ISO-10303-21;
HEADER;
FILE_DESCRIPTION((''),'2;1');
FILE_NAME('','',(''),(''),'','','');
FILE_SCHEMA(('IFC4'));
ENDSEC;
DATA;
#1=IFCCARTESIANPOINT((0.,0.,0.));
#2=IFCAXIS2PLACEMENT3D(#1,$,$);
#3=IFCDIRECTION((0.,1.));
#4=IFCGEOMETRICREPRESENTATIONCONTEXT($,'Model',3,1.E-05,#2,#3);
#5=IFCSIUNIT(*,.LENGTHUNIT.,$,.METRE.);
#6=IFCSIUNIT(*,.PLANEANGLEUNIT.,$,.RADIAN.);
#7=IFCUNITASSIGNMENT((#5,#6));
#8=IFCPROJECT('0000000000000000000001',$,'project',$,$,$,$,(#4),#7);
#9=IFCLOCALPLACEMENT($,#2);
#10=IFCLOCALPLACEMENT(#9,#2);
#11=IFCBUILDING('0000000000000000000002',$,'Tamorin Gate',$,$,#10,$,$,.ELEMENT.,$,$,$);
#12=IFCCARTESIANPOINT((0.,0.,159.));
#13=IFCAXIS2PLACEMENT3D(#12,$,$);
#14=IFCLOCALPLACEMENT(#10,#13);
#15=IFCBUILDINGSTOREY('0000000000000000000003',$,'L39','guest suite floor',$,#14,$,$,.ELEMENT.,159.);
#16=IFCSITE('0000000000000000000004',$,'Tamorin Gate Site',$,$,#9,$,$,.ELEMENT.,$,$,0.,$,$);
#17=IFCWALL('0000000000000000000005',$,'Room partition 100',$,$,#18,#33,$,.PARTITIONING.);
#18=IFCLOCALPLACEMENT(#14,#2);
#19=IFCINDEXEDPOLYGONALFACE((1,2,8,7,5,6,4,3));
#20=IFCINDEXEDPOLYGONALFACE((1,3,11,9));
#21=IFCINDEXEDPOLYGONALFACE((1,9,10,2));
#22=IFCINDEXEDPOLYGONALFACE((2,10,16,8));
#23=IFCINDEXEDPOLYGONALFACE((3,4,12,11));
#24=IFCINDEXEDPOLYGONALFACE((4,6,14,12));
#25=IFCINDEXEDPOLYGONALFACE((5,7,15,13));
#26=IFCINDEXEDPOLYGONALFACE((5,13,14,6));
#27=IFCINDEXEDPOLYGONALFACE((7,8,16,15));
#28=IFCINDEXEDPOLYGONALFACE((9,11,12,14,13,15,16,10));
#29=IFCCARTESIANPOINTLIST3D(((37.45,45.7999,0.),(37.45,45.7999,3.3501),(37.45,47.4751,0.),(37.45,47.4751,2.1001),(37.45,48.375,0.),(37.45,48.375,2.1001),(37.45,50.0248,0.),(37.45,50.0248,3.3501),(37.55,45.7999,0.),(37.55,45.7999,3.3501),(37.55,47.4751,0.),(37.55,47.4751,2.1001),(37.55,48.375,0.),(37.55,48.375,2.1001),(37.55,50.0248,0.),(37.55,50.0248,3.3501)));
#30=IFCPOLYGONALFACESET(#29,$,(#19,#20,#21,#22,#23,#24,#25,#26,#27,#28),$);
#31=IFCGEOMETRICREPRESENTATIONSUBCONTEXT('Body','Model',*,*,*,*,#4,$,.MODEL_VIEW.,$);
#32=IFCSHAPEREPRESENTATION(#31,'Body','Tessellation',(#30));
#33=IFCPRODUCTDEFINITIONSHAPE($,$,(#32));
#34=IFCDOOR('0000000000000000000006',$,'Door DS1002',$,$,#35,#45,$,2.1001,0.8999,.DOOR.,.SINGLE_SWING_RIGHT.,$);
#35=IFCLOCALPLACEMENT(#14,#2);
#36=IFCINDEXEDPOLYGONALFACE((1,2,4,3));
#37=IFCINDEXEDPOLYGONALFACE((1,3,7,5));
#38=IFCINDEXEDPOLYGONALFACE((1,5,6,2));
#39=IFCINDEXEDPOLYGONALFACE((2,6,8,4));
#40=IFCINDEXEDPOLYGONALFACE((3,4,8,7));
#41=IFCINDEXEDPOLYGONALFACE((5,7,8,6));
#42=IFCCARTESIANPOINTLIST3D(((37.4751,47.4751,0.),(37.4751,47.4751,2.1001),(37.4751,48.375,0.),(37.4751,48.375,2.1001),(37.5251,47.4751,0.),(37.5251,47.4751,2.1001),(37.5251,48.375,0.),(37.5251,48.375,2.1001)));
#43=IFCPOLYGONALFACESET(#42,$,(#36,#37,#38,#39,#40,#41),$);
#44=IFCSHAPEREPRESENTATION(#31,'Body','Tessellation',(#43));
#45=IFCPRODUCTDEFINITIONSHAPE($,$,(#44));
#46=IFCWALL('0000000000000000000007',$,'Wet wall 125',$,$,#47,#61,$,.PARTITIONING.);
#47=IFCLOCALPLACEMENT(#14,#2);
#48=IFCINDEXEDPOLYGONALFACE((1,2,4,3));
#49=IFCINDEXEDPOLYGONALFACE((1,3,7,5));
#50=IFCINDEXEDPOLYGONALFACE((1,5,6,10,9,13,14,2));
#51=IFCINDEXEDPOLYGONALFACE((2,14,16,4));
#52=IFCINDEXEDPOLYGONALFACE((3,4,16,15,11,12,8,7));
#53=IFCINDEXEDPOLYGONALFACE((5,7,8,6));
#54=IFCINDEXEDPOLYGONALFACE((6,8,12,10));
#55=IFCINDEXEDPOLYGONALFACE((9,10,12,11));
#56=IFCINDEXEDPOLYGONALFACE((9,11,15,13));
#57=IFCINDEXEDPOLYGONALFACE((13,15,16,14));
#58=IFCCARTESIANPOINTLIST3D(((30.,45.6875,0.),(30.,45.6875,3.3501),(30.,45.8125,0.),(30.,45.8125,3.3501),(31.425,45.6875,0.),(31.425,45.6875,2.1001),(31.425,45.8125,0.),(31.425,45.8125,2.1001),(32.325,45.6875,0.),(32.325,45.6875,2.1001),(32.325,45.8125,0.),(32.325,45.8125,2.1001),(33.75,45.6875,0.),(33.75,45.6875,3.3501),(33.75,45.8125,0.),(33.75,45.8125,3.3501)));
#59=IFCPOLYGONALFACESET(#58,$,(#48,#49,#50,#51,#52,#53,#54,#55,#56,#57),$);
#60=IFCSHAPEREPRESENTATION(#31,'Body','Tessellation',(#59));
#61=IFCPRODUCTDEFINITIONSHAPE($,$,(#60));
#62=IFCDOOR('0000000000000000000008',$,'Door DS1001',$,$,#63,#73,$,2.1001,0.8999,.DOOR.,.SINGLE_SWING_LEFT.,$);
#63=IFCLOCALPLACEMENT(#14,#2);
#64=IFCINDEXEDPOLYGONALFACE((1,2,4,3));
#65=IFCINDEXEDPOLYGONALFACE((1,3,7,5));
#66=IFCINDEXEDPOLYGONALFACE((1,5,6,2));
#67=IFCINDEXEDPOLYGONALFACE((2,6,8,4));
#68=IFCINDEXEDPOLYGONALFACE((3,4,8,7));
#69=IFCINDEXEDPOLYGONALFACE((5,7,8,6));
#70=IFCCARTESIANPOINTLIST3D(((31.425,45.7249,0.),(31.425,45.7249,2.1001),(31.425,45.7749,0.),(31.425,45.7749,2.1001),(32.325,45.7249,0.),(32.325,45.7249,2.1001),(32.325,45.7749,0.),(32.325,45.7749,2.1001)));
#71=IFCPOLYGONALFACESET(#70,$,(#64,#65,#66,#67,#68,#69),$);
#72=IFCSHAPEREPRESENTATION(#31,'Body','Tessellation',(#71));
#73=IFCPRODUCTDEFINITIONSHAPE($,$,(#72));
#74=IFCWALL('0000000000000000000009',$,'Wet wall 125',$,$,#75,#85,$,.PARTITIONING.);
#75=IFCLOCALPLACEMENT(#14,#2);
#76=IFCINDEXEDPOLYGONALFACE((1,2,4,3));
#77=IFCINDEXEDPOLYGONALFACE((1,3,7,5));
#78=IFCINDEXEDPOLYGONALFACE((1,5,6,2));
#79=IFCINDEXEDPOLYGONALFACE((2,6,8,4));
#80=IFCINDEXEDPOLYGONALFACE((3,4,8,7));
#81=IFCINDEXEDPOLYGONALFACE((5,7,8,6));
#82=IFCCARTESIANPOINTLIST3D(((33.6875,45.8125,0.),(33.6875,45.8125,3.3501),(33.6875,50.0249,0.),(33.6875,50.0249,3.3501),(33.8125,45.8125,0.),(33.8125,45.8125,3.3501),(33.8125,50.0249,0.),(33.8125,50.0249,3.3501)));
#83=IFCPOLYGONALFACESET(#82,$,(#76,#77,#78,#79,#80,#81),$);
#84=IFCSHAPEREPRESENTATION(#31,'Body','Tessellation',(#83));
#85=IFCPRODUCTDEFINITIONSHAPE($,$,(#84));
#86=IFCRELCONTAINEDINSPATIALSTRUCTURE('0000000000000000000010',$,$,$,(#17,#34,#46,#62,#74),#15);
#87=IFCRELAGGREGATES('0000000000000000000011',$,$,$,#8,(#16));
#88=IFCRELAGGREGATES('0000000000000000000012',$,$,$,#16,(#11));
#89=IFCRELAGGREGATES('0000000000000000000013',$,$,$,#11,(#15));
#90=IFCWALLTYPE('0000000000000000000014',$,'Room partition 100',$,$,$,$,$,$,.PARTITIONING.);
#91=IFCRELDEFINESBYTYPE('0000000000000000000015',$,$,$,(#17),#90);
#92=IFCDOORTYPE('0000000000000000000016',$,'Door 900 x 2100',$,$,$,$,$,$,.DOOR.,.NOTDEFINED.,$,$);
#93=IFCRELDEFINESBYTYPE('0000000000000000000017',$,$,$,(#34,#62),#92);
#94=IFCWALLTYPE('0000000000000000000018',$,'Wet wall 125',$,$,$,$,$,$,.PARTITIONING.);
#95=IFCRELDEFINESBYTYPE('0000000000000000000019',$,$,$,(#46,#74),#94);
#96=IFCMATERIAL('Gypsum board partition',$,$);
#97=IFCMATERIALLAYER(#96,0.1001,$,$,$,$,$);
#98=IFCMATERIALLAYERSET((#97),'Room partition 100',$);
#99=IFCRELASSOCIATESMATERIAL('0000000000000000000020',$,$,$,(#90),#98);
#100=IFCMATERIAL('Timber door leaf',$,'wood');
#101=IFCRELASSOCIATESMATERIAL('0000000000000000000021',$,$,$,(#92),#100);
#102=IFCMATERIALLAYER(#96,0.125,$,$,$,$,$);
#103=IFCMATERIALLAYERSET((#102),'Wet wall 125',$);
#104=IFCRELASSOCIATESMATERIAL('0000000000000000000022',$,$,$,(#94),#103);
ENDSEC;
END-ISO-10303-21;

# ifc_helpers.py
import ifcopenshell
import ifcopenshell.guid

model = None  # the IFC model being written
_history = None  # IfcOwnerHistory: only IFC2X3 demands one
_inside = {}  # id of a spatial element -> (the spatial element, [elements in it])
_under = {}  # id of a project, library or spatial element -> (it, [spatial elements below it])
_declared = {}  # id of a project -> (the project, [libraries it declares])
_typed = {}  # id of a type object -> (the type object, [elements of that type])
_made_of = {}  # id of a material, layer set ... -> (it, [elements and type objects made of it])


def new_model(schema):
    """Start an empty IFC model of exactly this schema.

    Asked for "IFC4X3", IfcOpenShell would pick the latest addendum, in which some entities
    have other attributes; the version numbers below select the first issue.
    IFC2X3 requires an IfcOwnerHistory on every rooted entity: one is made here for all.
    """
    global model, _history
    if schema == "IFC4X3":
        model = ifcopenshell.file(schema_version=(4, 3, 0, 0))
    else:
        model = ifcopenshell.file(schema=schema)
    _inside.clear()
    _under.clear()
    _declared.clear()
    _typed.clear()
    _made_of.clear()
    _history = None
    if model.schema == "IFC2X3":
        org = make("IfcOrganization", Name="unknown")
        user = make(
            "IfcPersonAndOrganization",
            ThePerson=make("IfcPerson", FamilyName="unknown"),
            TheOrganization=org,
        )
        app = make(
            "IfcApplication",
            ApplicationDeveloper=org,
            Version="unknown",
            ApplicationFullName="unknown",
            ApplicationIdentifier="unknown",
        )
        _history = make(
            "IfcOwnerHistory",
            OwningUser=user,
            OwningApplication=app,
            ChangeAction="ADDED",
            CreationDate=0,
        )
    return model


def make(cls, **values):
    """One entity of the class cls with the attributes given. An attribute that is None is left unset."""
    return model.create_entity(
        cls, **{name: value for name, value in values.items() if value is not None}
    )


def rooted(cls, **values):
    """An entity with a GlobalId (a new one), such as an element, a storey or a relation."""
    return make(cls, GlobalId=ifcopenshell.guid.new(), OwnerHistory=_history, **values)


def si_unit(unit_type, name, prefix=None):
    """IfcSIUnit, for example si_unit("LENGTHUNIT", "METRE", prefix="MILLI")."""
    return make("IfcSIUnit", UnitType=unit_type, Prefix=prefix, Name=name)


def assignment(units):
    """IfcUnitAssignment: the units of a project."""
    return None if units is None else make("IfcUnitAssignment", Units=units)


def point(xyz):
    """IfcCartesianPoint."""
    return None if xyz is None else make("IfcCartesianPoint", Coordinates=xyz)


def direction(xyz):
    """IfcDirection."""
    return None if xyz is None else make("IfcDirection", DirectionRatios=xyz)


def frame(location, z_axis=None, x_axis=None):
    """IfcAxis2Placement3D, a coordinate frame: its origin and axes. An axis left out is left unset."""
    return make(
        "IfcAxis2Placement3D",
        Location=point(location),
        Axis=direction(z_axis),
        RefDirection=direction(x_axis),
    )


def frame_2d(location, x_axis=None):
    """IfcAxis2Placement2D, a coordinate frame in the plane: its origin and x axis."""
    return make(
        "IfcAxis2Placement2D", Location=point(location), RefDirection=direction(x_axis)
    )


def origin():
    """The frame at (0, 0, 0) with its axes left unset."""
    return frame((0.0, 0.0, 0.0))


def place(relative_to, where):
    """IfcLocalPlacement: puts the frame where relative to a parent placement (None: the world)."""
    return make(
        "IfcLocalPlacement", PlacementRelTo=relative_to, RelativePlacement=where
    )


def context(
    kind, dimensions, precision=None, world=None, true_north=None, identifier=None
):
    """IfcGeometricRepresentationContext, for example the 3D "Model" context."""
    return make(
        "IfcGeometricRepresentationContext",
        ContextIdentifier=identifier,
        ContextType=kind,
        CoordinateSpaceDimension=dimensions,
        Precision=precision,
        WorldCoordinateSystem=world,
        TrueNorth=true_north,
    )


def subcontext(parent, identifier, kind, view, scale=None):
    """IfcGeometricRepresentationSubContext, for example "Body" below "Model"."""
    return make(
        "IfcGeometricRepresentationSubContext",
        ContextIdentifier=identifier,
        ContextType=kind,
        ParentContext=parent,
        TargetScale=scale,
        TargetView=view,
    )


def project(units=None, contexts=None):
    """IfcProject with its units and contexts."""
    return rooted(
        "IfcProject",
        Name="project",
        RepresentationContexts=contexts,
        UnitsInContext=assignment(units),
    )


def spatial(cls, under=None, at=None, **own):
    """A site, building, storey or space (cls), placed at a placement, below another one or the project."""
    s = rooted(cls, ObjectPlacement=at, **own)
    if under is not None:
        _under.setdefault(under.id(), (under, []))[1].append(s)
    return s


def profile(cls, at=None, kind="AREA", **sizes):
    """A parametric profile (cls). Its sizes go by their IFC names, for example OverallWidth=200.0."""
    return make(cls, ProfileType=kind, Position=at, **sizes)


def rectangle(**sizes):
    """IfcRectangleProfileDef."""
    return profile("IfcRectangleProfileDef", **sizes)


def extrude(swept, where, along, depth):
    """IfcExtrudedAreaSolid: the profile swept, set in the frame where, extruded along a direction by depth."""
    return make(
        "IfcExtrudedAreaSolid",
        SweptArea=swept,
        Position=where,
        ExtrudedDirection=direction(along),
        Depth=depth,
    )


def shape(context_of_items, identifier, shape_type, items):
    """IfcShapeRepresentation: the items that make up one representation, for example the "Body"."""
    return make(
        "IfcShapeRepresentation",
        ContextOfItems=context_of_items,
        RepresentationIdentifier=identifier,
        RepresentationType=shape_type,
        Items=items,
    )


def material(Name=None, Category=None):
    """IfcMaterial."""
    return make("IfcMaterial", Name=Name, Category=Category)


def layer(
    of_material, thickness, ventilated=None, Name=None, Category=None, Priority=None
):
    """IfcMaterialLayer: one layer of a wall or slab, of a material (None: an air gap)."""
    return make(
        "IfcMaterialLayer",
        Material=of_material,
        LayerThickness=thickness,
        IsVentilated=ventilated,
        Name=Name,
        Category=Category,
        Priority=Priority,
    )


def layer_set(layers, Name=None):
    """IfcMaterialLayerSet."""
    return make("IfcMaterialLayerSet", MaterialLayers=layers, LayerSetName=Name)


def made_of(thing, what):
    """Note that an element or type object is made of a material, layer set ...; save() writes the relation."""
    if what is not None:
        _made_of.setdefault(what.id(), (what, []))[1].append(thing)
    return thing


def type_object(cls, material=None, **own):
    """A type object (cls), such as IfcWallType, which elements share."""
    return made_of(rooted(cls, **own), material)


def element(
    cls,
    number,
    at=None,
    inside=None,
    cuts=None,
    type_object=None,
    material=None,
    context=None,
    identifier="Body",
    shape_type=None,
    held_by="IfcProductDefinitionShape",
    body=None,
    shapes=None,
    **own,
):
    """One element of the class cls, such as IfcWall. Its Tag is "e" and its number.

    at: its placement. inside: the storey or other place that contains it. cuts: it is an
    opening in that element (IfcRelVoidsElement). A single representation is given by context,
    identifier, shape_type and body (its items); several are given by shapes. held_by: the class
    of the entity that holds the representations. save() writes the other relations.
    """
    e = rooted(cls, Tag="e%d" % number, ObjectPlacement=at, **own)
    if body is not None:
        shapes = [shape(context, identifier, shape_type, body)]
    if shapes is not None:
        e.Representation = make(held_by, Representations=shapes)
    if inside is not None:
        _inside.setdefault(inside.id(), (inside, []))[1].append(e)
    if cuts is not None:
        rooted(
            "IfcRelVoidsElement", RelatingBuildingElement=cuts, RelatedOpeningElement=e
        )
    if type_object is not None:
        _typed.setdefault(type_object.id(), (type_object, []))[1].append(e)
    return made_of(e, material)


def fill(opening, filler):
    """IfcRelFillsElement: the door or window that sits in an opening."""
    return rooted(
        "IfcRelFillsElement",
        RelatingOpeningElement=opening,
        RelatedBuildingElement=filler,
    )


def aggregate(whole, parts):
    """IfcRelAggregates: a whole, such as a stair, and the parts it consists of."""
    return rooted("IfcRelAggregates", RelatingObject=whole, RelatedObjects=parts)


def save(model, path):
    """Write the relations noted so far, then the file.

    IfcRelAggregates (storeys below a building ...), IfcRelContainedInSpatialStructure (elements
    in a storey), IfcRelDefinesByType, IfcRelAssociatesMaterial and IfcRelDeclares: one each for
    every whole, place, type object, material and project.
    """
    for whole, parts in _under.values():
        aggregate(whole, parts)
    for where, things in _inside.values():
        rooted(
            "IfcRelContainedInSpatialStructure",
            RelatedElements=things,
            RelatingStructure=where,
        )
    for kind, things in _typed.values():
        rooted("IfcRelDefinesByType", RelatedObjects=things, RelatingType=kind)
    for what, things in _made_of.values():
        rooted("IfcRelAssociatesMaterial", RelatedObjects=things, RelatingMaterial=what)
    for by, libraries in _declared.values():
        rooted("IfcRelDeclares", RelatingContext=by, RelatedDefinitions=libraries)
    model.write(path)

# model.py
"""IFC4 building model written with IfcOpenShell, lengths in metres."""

from ifc_helpers import new_model, si_unit, direction, frame, frame_2d, origin, place, context, subcontext, project, spatial, rectangle, extrude, material, layer, layer_set, type_object, element, fill, save


model = new_model("IFC4")

# Units and contexts
model_context = context("Model", 3, precision=1e-05, world=origin(), true_north=direction((0.0, 1.0)))
body_context = subcontext(model_context, "Body", "Model", "MODEL_VIEW")
ifc_project = project(units=[si_unit("LENGTHUNIT", "METRE"), si_unit("PLANEANGLEUNIT", "RADIAN")], contexts=[model_context])

# Site, building, storey
site_placement = place(None, origin())
site = spatial("IfcSite", under=ifc_project, at=site_placement, Name="Tamorin Gate Site", CompositionType="ELEMENT", RefElevation=0.0)
building_placement = place(site_placement, origin())
building = spatial("IfcBuilding", under=site, at=building_placement, Name="Tamorin Gate", CompositionType="ELEMENT")
storey_placement = place(building_placement, frame((0.0, 0.0, 159.0)))
storey = spatial("IfcBuildingStorey", under=building, at=storey_placement, Name="L39", Description="guest suite floor", CompositionType="ELEMENT", Elevation=159.0)

# Walls, openings, doors
ifc_material_1 = material(Name="Gypsum board partition")
ifc_layer_1 = layer(ifc_material_1, 0.1001)
ifc_layer_set_1 = layer_set([ifc_layer_1], Name="Room partition 100")
wall_type_1 = type_object("IfcWallType", Name="Room partition 100", PredefinedType="PARTITIONING", material=ifc_layer_set_1)
ifc_material_2 = material(Name="Timber door leaf", Category="wood")
door_type = type_object("IfcDoorType", Name="Door 900 x 2100", OperationType="NOTDEFINED", PredefinedType="DOOR", material=ifc_material_2)
wall_1_placement = place(storey_placement, frame((37.5, 45.8, 0.0), z_axis=(0.0, 0.0, 1.0), x_axis=(0.0, 1.0, 0.0)))
wall_1 = element("IfcWall", 1, at=wall_1_placement, inside=storey, type_object=wall_type_1, Name="Room partition 100", PredefinedType="PARTITIONING", context=body_context, shape_type="SweptSolid", body=[
    extrude(rectangle(XDim=4.2249, YDim=0.1001, at=frame_2d((2.1123, 0.0))), origin(), (0.0, 0.0, 1.0), 3.3501),
])
opening_1_placement = place(wall_1_placement, frame((1.675, 0.0, 0.0)))
opening_1 = element("IfcOpeningElement", 2, at=opening_1_placement, cuts=wall_1, PredefinedType="OPENING", context=body_context, shape_type="SweptSolid", body=[
    extrude(rectangle(XDim=0.8999, YDim=2.1001, at=frame_2d((0.45, 1.05))), frame((0.0, 0.0601, 0.0), z_axis=(0.0, -1.0, 0.0), x_axis=(1.0, 0.0, 0.0)), (0.0, 0.0, 1.0), 0.1201),
])
door_1_placement = place(opening_1_placement, origin())
door_1 = element("IfcDoor", 3, at=door_1_placement, inside=storey, type_object=door_type, Name="Door DS1002", OperationType="SINGLE_SWING_RIGHT", OverallHeight=2.1001, OverallWidth=0.8999, PredefinedType="DOOR", context=body_context, shape_type="SweptSolid", body=[
    extrude(rectangle(XDim=0.8999, YDim=2.1001, at=frame_2d((0.45, 1.05))), frame((0.0, 0.0249, 0.0), z_axis=(0.0, -1.0, 0.0), x_axis=(1.0, 0.0, 0.0)), (0.0, 0.0, 1.0), 0.05),
])
fill(opening_1, door_1)
ifc_layer_2 = layer(ifc_material_1, 0.125)
ifc_layer_set_2 = layer_set([ifc_layer_2], Name="Wet wall 125")
wall_type_2 = type_object("IfcWallType", Name="Wet wall 125", PredefinedType="PARTITIONING", material=ifc_layer_set_2)
wall_2_placement = place(storey_placement, frame((30.0, 45.75, 0.0), z_axis=(0.0, 0.0, 1.0), x_axis=(1.0, 0.0, 0.0)))
wall_2 = element("IfcWall", 4, at=wall_2_placement, inside=storey, type_object=wall_type_2, Name="Wet wall 125", PredefinedType="PARTITIONING", context=body_context, shape_type="SweptSolid", body=[
    extrude(rectangle(XDim=3.75, YDim=0.125, at=frame_2d((1.875, 0.0))), origin(), (0.0, 0.0, 1.0), 3.3501),
])
opening_2_placement = place(wall_2_placement, frame((1.425, 0.0, 0.0)))
opening_2 = element("IfcOpeningElement", 5, at=opening_2_placement, cuts=wall_2, PredefinedType="OPENING", context=body_context, shape_type="SweptSolid", body=[
    extrude(rectangle(XDim=0.8999, YDim=2.1001, at=frame_2d((0.45, 1.05))), frame((0.0, 0.0725, 0.0), z_axis=(0.0, -1.0, 0.0), x_axis=(1.0, 0.0, 0.0)), (0.0, 0.0, 1.0), 0.145),
])
door_2_placement = place(opening_2_placement, origin())
door_2 = element("IfcDoor", 6, at=door_2_placement, inside=storey, type_object=door_type, Name="Door DS1001", OperationType="SINGLE_SWING_LEFT", OverallHeight=2.1001, OverallWidth=0.8999, PredefinedType="DOOR", context=body_context, shape_type="SweptSolid", body=[
    extrude(rectangle(XDim=0.8999, YDim=2.1001, at=frame_2d((0.45, 1.05))), frame((0.0, 0.0249, 0.0), z_axis=(0.0, -1.0, 0.0), x_axis=(1.0, 0.0, 0.0)), (0.0, 0.0, 1.0), 0.05),
])
fill(opening_2, door_2)

# Wall
wall_3_placement = place(storey_placement, frame((33.75, 45.8125, 0.0), z_axis=(0.0, 0.0, 1.0), x_axis=(0.0, 1.0, 0.0)))
element("IfcWall", 7, at=wall_3_placement, inside=storey, type_object=wall_type_2, Name="Wet wall 125", PredefinedType="PARTITIONING", context=body_context, shape_type="SweptSolid", body=[
    extrude(rectangle(XDim=4.2124, YDim=0.125, at=frame_2d((2.1062, 0.0))), origin(), (0.0, 0.0, 1.0), 3.3501),
])

save(model, "model.ifc")
